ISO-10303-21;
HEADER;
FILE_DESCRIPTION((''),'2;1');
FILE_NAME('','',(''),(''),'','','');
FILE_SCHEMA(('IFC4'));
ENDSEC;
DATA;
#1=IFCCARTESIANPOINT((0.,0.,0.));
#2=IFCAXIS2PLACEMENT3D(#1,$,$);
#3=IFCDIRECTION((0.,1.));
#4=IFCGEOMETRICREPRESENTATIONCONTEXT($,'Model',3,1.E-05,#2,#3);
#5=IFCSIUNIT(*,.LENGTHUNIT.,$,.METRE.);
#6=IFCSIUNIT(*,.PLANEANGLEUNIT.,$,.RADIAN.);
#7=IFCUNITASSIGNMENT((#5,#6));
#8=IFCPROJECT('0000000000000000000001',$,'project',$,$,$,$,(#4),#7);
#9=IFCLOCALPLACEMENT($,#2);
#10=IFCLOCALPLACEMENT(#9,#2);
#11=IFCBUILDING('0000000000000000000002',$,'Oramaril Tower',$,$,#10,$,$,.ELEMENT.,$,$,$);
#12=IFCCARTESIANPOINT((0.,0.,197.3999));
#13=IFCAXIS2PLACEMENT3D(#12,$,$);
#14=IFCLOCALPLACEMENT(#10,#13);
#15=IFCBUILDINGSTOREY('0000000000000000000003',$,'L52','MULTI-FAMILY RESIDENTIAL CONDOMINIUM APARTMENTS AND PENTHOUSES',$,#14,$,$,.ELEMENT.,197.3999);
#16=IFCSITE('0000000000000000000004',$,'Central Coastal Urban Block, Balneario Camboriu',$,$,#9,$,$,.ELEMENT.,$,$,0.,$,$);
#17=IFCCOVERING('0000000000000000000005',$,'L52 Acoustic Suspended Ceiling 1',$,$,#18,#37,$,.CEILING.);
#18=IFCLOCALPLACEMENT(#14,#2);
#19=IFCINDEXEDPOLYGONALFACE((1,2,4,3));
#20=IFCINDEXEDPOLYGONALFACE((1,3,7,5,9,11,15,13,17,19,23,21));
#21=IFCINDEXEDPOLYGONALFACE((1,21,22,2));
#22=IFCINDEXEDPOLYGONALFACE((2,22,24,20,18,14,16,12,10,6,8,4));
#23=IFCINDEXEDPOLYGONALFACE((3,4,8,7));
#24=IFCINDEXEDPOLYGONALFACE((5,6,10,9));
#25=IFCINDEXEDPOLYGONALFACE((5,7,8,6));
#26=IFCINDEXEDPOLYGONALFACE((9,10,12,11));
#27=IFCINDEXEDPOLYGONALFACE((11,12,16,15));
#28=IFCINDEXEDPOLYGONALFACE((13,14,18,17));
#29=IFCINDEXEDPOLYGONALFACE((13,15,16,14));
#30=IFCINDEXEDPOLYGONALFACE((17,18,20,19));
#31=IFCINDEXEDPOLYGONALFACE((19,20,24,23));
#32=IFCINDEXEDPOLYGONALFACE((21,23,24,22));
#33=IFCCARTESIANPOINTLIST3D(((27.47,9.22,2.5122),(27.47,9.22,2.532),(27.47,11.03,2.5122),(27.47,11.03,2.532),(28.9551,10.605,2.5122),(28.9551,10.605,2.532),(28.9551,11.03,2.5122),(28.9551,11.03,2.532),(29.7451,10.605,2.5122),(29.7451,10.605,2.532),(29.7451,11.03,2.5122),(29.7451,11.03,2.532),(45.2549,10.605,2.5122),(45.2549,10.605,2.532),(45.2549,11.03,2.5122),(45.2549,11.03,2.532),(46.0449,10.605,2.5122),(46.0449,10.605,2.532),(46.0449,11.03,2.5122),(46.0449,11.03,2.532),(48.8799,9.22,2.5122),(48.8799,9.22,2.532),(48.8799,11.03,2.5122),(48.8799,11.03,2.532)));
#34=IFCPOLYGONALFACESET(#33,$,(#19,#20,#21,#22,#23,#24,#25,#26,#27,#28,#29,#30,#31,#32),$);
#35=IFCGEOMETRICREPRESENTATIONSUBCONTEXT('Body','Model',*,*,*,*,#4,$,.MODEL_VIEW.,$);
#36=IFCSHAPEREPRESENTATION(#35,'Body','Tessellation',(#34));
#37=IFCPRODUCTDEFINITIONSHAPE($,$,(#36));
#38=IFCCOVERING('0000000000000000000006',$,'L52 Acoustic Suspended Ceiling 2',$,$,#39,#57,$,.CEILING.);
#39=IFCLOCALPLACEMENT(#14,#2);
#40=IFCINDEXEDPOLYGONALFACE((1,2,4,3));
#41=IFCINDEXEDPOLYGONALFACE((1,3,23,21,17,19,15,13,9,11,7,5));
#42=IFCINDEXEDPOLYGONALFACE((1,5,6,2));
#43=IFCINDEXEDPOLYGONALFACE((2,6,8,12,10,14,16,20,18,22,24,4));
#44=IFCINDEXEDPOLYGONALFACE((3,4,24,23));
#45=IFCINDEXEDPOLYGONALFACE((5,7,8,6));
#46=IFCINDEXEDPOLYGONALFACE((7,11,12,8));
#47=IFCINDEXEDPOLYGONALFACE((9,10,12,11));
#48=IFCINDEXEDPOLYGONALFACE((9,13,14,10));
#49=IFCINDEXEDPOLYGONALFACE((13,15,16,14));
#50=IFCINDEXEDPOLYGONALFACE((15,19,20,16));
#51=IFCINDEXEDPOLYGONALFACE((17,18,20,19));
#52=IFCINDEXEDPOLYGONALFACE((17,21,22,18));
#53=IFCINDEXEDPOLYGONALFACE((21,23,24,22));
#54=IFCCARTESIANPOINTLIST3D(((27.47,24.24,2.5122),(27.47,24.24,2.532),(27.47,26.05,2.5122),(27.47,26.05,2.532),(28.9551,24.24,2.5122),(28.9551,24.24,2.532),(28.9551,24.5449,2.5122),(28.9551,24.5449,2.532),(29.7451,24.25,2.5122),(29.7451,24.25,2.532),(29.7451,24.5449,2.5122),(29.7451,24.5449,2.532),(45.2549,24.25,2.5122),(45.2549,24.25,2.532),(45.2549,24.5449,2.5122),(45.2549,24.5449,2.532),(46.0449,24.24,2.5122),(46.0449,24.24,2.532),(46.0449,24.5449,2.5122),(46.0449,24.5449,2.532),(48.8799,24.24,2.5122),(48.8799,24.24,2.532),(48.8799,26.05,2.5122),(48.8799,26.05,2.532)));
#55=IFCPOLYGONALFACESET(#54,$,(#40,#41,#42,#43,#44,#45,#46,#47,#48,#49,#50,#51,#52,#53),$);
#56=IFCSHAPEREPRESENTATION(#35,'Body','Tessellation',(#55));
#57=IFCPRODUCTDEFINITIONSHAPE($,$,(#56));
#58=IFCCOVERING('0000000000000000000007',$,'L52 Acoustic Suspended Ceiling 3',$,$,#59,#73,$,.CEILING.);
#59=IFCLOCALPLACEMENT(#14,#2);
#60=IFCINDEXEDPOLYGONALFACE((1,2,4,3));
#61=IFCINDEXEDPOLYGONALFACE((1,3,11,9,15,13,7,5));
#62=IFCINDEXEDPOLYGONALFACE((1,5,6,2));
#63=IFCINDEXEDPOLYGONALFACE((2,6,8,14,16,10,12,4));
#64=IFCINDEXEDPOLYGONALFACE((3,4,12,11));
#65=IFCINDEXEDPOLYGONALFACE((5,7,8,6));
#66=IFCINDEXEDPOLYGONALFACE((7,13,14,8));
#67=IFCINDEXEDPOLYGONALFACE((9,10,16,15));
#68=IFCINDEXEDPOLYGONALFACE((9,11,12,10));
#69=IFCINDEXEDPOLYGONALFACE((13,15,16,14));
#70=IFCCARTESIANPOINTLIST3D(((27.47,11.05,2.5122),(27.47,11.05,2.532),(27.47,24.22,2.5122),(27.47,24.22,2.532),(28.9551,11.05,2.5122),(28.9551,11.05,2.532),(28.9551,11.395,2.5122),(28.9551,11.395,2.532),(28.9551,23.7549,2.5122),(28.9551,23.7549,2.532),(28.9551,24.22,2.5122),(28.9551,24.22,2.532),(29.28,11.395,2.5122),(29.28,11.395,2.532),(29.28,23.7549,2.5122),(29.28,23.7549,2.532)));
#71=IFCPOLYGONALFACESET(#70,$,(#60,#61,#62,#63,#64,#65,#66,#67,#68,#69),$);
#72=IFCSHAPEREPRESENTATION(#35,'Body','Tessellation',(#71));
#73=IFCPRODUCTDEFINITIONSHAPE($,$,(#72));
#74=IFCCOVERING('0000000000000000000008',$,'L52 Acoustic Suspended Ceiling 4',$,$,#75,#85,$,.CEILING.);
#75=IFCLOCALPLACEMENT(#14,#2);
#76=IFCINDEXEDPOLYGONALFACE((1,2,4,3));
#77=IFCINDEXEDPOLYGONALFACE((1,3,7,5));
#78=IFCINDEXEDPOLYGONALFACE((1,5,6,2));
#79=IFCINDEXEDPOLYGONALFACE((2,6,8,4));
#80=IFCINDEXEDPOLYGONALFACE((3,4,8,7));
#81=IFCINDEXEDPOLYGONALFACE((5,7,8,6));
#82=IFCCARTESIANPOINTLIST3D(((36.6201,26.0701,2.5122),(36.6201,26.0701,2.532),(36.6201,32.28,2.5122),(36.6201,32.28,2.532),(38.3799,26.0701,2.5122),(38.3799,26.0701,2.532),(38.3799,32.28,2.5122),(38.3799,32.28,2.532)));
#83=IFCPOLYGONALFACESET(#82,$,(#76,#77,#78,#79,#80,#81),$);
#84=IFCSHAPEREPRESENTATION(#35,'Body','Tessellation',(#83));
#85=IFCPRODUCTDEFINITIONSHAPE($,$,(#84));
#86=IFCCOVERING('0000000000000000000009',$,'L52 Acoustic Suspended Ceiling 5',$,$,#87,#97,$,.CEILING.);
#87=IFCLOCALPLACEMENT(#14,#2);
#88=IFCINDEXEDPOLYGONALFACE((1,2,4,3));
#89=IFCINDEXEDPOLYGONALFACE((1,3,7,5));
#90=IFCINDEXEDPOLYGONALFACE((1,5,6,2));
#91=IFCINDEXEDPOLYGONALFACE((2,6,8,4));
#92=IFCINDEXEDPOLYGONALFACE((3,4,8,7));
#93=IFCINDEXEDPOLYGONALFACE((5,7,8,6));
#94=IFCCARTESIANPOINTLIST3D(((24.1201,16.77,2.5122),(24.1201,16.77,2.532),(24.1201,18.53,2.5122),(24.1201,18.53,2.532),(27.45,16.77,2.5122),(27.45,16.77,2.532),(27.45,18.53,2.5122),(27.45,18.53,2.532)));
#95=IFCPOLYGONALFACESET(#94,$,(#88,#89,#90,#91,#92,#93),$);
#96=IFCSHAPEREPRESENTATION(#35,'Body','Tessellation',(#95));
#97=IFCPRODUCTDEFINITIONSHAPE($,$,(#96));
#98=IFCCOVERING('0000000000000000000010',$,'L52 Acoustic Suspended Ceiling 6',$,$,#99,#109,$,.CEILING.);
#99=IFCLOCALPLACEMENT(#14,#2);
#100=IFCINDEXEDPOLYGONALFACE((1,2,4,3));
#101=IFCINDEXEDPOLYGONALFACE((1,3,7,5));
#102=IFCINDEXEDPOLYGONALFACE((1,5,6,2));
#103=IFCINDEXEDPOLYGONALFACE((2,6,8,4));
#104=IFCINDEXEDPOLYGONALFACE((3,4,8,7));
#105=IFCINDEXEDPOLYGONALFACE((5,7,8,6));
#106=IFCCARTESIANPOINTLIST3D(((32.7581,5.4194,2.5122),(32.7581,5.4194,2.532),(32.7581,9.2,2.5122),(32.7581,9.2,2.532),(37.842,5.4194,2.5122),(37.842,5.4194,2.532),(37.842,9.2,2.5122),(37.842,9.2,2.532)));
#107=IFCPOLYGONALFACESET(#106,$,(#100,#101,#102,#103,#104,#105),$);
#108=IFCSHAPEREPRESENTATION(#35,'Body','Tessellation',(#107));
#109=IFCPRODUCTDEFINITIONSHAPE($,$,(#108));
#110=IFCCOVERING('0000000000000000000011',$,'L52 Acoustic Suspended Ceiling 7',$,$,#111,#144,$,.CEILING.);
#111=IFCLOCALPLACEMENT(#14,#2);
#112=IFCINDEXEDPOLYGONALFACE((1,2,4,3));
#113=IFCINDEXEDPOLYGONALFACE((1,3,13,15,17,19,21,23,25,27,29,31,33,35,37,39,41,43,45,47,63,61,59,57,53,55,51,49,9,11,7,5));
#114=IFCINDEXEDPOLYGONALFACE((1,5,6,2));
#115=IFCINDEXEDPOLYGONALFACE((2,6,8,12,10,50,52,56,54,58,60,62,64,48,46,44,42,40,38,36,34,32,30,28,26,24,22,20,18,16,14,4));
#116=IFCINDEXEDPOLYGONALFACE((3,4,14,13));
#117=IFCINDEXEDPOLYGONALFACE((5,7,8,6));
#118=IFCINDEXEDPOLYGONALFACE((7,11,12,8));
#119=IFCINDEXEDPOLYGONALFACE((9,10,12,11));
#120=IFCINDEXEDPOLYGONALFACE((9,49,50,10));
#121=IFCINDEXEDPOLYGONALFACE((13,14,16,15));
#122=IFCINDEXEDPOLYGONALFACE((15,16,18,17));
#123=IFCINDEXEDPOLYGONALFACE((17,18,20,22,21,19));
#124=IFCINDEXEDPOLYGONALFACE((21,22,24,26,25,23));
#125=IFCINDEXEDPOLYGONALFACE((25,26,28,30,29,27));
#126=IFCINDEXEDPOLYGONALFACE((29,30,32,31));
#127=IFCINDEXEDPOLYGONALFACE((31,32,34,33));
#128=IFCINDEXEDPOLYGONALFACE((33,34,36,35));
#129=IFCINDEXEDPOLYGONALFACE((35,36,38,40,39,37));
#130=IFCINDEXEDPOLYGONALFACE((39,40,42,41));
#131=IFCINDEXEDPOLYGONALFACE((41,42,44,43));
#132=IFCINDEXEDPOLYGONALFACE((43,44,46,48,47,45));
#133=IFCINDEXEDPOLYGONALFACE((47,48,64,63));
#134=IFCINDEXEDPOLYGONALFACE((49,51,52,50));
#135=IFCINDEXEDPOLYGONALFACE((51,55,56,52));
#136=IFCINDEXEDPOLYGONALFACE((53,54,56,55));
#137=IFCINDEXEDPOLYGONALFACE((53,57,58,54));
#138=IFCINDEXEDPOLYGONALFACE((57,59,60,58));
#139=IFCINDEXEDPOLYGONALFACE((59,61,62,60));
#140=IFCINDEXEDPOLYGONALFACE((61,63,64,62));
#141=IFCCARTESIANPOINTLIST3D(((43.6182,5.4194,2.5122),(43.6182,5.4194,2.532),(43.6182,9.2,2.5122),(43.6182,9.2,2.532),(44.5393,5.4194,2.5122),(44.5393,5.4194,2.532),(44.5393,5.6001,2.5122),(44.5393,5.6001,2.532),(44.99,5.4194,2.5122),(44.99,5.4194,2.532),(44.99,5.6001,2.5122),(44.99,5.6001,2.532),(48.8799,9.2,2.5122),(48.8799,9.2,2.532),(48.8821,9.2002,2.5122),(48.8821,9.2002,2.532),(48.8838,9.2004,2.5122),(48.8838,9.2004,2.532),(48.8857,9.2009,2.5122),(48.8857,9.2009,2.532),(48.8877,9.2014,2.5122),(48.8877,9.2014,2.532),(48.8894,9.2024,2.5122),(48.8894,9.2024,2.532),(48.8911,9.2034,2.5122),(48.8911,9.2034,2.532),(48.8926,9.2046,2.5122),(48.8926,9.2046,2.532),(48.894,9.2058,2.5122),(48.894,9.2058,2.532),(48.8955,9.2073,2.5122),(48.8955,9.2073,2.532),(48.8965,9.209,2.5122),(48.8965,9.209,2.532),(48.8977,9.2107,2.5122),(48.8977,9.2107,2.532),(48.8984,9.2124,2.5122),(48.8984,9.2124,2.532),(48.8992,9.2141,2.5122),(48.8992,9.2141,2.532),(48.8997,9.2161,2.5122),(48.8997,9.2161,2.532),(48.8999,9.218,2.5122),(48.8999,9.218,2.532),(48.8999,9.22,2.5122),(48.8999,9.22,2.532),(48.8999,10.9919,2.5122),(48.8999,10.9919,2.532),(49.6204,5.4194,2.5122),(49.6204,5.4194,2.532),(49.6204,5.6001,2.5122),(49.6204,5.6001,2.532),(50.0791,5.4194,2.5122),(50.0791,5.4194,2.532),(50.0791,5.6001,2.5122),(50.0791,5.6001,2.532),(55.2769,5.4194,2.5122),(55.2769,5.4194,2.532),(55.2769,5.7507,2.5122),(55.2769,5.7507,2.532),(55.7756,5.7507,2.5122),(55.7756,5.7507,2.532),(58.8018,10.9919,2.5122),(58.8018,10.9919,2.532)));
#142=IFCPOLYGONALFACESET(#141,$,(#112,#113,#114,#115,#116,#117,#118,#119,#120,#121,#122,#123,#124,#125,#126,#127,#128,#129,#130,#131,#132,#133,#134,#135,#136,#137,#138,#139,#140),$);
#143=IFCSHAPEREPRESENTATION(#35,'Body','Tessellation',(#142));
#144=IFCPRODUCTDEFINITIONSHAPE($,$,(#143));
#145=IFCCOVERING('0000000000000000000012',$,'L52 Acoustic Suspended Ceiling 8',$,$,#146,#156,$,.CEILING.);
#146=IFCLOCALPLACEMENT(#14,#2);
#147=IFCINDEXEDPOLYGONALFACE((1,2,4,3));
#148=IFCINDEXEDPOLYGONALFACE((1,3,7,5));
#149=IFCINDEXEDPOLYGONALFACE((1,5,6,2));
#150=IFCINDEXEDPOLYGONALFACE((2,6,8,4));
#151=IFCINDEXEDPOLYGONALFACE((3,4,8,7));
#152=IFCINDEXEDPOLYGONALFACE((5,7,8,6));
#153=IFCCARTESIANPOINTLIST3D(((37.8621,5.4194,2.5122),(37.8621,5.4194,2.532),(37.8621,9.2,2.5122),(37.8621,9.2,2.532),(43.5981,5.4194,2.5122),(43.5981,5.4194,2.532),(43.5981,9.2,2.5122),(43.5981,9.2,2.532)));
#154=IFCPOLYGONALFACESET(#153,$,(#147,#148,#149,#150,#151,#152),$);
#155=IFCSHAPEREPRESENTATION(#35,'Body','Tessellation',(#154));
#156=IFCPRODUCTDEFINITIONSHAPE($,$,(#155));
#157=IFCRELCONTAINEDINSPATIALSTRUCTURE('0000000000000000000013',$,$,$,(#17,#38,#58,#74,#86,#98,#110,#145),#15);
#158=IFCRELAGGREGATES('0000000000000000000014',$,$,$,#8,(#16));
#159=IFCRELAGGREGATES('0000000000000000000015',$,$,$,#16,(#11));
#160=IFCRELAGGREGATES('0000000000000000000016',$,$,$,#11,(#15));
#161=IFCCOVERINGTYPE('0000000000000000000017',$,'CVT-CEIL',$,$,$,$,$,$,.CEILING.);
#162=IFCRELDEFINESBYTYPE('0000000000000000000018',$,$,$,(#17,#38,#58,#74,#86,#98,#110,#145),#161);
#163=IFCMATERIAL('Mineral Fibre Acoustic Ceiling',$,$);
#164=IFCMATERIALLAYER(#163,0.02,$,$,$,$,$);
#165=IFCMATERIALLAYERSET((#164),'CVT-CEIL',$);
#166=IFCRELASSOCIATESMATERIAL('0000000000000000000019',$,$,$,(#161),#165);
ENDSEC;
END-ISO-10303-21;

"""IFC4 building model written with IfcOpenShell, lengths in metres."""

from ifc_helpers import new_model, si_unit, direction, frame, origin, place, context, subcontext, project, spatial, polyline, outline, extrude, material, layer, layer_set, type_object, element, save


model = new_model("IFC4")

# Units and contexts
model_context = context("Model", 3, precision=1e-05, world=origin(), true_north=direction((0.0, 1.0)))
body_context = subcontext(model_context, "Body", "Model", "MODEL_VIEW")
ifc_project = project(units=[si_unit("LENGTHUNIT", "METRE"), si_unit("PLANEANGLEUNIT", "RADIAN")], contexts=[model_context])

# Site, building, storey
site_placement = place(None, origin())
site = spatial("IfcSite", under=ifc_project, at=site_placement, Name="Central Coastal Urban Block, Balneario Camboriu", CompositionType="ELEMENT", RefElevation=0.0)
building_placement = place(site_placement, origin())
building = spatial("IfcBuilding", under=site, at=building_placement, Name="Oramaril Tower", CompositionType="ELEMENT")
storey_placement = place(building_placement, frame((0.0, 0.0, 197.3999)))
storey = spatial("IfcBuildingStorey", under=building, at=storey_placement, Name="L52", Description="MULTI-FAMILY RESIDENTIAL CONDOMINIUM APARTMENTS AND PENTHOUSES", CompositionType="ELEMENT", Elevation=197.3999)

# Coverings
ifc_material_1 = material(Name="Mineral Fibre Acoustic Ceiling")
ifc_layer_1 = layer(ifc_material_1, 0.02)
ifc_layer_set_1 = layer_set([ifc_layer_1], Name="CVT-CEIL")
covering_type_1 = type_object("IfcCoveringType", Name="CVT-CEIL", PredefinedType="CEILING", material=ifc_layer_set_1)
covering_1_placement = place(storey_placement, frame((0.0, 0.0, 2.5122)))
element("IfcCovering", 1, at=covering_1_placement, inside=storey, type_object=covering_type_1, Name="L52 Acoustic Suspended Ceiling 1", PredefinedType="CEILING", context=body_context, shape_type="SweptSolid", body=[
    extrude(outline(polyline([(28.9551, 10.605), (29.7451, 10.605), (29.7451, 11.03), (45.2549, 11.03), (45.2549, 10.605), (46.0449, 10.605), (46.0449, 11.03), (48.8799, 11.03), (48.8799, 9.22), (27.47, 9.22), (27.47, 11.03), (28.9551, 11.03), (28.9551, 10.605)])), origin(), (0.0, 0.0, 1.0), 0.0198),
])
covering_2_placement = place(storey_placement, frame((0.0, 0.0, 2.5122)))
element("IfcCovering", 2, at=covering_2_placement, inside=storey, type_object=covering_type_1, Name="L52 Acoustic Suspended Ceiling 2", PredefinedType="CEILING", context=body_context, shape_type="SweptSolid", body=[
    extrude(outline(polyline([(48.8799, 24.24), (46.0449, 24.24), (46.0449, 24.5449), (45.2549, 24.5449), (45.2549, 24.25), (29.7451, 24.25), (29.7451, 24.5449), (28.9551, 24.5449), (28.9551, 24.24), (27.47, 24.24), (27.47, 26.05), (48.8799, 26.05), (48.8799, 24.24)])), origin(), (0.0, 0.0, 1.0), 0.0198),
])
covering_3_placement = place(storey_placement, frame((0.0, 0.0, 2.5122)))
element("IfcCovering", 3, at=covering_3_placement, inside=storey, type_object=covering_type_1, Name="L52 Acoustic Suspended Ceiling 3", PredefinedType="CEILING", context=body_context, shape_type="SweptSolid", body=[
    extrude(outline(polyline([(28.9551, 23.7549), (29.28, 23.7549), (29.28, 11.395), (28.9551, 11.395), (28.9551, 11.05), (27.47, 11.05), (27.47, 24.22), (28.9551, 24.22), (28.9551, 23.7549)])), origin(), (0.0, 0.0, 1.0), 0.0198),
])
covering_4_placement = place(storey_placement, frame((0.0, 0.0, 2.5122)))
element("IfcCovering", 4, at=covering_4_placement, inside=storey, type_object=covering_type_1, Name="L52 Acoustic Suspended Ceiling 4", PredefinedType="CEILING", context=body_context, shape_type="SweptSolid", body=[
    extrude(outline(polyline([(38.3799, 26.0701), (36.6201, 26.0701), (36.6201, 32.28), (38.3799, 32.28), (38.3799, 26.0701)])), origin(), (0.0, 0.0, 1.0), 0.0198),
])
covering_5_placement = place(storey_placement, frame((0.0, 0.0, 2.5122)))
element("IfcCovering", 5, at=covering_5_placement, inside=storey, type_object=covering_type_1, Name="L52 Acoustic Suspended Ceiling 5", PredefinedType="CEILING", context=body_context, shape_type="SweptSolid", body=[
    extrude(outline(polyline([(24.1201, 16.77), (24.1201, 18.53), (27.45, 18.53), (27.45, 16.77), (24.1201, 16.77)])), origin(), (0.0, 0.0, 1.0), 0.0198),
])
covering_6_placement = place(storey_placement, frame((0.0, 0.0, 2.5122)))
element("IfcCovering", 6, at=covering_6_placement, inside=storey, type_object=covering_type_1, Name="L52 Acoustic Suspended Ceiling 6", PredefinedType="CEILING", context=body_context, shape_type="SweptSolid", body=[
    extrude(outline(polyline([(37.842, 5.4194), (32.7581, 5.4194), (32.7581, 9.2), (37.842, 9.2), (37.842, 5.4194)])), origin(), (0.0, 0.0, 1.0), 0.0198),
])
covering_7_placement = place(storey_placement, frame((0.0, 0.0, 2.5122)))
element("IfcCovering", 7, at=covering_7_placement, inside=storey, type_object=covering_type_1, Name="L52 Acoustic Suspended Ceiling 7", PredefinedType="CEILING", context=body_context, shape_type="SweptSolid", body=[
    extrude(outline(polyline([(55.7756, 5.7507), (55.2769, 5.7507), (55.2769, 5.4194), (50.0791, 5.4194), (50.0791, 5.6001), (49.6204, 5.6001), (49.6204, 5.4194), (44.99, 5.4194), (44.99, 5.6001), (44.5393, 5.6001), (44.5393, 5.4194), (43.6182, 5.4194), (43.6182, 9.2), (48.8799, 9.2), (48.8821, 9.2002), (48.8838, 9.2004), (48.8857, 9.2009), (48.8877, 9.2014), (48.8894, 9.2024), (48.8911, 9.2034), (48.8926, 9.2046), (48.894, 9.2058), (48.8955, 9.2073), (48.8965, 9.209), (48.8977, 9.2107), (48.8984, 9.2124), (48.8992, 9.2141), (48.8997, 9.2161), (48.8999, 9.218), (48.8999, 9.22), (48.8999, 10.9919), (58.8018, 10.9919), (55.7756, 5.7507)])), origin(), (0.0, 0.0, 1.0), 0.0198),
])
covering_8_placement = place(storey_placement, frame((0.0, 0.0, 2.5122)))
element("IfcCovering", 8, at=covering_8_placement, inside=storey, type_object=covering_type_1, Name="L52 Acoustic Suspended Ceiling 8", PredefinedType="CEILING", context=body_context, shape_type="SweptSolid", body=[
    extrude(outline(polyline([(37.8621, 5.4194), (37.8621, 9.2), (43.5981, 9.2), (43.5981, 5.4194), (37.8621, 5.4194)])), origin(), (0.0, 0.0, 1.0), 0.0198),
])

save(model, "model.ifc")
